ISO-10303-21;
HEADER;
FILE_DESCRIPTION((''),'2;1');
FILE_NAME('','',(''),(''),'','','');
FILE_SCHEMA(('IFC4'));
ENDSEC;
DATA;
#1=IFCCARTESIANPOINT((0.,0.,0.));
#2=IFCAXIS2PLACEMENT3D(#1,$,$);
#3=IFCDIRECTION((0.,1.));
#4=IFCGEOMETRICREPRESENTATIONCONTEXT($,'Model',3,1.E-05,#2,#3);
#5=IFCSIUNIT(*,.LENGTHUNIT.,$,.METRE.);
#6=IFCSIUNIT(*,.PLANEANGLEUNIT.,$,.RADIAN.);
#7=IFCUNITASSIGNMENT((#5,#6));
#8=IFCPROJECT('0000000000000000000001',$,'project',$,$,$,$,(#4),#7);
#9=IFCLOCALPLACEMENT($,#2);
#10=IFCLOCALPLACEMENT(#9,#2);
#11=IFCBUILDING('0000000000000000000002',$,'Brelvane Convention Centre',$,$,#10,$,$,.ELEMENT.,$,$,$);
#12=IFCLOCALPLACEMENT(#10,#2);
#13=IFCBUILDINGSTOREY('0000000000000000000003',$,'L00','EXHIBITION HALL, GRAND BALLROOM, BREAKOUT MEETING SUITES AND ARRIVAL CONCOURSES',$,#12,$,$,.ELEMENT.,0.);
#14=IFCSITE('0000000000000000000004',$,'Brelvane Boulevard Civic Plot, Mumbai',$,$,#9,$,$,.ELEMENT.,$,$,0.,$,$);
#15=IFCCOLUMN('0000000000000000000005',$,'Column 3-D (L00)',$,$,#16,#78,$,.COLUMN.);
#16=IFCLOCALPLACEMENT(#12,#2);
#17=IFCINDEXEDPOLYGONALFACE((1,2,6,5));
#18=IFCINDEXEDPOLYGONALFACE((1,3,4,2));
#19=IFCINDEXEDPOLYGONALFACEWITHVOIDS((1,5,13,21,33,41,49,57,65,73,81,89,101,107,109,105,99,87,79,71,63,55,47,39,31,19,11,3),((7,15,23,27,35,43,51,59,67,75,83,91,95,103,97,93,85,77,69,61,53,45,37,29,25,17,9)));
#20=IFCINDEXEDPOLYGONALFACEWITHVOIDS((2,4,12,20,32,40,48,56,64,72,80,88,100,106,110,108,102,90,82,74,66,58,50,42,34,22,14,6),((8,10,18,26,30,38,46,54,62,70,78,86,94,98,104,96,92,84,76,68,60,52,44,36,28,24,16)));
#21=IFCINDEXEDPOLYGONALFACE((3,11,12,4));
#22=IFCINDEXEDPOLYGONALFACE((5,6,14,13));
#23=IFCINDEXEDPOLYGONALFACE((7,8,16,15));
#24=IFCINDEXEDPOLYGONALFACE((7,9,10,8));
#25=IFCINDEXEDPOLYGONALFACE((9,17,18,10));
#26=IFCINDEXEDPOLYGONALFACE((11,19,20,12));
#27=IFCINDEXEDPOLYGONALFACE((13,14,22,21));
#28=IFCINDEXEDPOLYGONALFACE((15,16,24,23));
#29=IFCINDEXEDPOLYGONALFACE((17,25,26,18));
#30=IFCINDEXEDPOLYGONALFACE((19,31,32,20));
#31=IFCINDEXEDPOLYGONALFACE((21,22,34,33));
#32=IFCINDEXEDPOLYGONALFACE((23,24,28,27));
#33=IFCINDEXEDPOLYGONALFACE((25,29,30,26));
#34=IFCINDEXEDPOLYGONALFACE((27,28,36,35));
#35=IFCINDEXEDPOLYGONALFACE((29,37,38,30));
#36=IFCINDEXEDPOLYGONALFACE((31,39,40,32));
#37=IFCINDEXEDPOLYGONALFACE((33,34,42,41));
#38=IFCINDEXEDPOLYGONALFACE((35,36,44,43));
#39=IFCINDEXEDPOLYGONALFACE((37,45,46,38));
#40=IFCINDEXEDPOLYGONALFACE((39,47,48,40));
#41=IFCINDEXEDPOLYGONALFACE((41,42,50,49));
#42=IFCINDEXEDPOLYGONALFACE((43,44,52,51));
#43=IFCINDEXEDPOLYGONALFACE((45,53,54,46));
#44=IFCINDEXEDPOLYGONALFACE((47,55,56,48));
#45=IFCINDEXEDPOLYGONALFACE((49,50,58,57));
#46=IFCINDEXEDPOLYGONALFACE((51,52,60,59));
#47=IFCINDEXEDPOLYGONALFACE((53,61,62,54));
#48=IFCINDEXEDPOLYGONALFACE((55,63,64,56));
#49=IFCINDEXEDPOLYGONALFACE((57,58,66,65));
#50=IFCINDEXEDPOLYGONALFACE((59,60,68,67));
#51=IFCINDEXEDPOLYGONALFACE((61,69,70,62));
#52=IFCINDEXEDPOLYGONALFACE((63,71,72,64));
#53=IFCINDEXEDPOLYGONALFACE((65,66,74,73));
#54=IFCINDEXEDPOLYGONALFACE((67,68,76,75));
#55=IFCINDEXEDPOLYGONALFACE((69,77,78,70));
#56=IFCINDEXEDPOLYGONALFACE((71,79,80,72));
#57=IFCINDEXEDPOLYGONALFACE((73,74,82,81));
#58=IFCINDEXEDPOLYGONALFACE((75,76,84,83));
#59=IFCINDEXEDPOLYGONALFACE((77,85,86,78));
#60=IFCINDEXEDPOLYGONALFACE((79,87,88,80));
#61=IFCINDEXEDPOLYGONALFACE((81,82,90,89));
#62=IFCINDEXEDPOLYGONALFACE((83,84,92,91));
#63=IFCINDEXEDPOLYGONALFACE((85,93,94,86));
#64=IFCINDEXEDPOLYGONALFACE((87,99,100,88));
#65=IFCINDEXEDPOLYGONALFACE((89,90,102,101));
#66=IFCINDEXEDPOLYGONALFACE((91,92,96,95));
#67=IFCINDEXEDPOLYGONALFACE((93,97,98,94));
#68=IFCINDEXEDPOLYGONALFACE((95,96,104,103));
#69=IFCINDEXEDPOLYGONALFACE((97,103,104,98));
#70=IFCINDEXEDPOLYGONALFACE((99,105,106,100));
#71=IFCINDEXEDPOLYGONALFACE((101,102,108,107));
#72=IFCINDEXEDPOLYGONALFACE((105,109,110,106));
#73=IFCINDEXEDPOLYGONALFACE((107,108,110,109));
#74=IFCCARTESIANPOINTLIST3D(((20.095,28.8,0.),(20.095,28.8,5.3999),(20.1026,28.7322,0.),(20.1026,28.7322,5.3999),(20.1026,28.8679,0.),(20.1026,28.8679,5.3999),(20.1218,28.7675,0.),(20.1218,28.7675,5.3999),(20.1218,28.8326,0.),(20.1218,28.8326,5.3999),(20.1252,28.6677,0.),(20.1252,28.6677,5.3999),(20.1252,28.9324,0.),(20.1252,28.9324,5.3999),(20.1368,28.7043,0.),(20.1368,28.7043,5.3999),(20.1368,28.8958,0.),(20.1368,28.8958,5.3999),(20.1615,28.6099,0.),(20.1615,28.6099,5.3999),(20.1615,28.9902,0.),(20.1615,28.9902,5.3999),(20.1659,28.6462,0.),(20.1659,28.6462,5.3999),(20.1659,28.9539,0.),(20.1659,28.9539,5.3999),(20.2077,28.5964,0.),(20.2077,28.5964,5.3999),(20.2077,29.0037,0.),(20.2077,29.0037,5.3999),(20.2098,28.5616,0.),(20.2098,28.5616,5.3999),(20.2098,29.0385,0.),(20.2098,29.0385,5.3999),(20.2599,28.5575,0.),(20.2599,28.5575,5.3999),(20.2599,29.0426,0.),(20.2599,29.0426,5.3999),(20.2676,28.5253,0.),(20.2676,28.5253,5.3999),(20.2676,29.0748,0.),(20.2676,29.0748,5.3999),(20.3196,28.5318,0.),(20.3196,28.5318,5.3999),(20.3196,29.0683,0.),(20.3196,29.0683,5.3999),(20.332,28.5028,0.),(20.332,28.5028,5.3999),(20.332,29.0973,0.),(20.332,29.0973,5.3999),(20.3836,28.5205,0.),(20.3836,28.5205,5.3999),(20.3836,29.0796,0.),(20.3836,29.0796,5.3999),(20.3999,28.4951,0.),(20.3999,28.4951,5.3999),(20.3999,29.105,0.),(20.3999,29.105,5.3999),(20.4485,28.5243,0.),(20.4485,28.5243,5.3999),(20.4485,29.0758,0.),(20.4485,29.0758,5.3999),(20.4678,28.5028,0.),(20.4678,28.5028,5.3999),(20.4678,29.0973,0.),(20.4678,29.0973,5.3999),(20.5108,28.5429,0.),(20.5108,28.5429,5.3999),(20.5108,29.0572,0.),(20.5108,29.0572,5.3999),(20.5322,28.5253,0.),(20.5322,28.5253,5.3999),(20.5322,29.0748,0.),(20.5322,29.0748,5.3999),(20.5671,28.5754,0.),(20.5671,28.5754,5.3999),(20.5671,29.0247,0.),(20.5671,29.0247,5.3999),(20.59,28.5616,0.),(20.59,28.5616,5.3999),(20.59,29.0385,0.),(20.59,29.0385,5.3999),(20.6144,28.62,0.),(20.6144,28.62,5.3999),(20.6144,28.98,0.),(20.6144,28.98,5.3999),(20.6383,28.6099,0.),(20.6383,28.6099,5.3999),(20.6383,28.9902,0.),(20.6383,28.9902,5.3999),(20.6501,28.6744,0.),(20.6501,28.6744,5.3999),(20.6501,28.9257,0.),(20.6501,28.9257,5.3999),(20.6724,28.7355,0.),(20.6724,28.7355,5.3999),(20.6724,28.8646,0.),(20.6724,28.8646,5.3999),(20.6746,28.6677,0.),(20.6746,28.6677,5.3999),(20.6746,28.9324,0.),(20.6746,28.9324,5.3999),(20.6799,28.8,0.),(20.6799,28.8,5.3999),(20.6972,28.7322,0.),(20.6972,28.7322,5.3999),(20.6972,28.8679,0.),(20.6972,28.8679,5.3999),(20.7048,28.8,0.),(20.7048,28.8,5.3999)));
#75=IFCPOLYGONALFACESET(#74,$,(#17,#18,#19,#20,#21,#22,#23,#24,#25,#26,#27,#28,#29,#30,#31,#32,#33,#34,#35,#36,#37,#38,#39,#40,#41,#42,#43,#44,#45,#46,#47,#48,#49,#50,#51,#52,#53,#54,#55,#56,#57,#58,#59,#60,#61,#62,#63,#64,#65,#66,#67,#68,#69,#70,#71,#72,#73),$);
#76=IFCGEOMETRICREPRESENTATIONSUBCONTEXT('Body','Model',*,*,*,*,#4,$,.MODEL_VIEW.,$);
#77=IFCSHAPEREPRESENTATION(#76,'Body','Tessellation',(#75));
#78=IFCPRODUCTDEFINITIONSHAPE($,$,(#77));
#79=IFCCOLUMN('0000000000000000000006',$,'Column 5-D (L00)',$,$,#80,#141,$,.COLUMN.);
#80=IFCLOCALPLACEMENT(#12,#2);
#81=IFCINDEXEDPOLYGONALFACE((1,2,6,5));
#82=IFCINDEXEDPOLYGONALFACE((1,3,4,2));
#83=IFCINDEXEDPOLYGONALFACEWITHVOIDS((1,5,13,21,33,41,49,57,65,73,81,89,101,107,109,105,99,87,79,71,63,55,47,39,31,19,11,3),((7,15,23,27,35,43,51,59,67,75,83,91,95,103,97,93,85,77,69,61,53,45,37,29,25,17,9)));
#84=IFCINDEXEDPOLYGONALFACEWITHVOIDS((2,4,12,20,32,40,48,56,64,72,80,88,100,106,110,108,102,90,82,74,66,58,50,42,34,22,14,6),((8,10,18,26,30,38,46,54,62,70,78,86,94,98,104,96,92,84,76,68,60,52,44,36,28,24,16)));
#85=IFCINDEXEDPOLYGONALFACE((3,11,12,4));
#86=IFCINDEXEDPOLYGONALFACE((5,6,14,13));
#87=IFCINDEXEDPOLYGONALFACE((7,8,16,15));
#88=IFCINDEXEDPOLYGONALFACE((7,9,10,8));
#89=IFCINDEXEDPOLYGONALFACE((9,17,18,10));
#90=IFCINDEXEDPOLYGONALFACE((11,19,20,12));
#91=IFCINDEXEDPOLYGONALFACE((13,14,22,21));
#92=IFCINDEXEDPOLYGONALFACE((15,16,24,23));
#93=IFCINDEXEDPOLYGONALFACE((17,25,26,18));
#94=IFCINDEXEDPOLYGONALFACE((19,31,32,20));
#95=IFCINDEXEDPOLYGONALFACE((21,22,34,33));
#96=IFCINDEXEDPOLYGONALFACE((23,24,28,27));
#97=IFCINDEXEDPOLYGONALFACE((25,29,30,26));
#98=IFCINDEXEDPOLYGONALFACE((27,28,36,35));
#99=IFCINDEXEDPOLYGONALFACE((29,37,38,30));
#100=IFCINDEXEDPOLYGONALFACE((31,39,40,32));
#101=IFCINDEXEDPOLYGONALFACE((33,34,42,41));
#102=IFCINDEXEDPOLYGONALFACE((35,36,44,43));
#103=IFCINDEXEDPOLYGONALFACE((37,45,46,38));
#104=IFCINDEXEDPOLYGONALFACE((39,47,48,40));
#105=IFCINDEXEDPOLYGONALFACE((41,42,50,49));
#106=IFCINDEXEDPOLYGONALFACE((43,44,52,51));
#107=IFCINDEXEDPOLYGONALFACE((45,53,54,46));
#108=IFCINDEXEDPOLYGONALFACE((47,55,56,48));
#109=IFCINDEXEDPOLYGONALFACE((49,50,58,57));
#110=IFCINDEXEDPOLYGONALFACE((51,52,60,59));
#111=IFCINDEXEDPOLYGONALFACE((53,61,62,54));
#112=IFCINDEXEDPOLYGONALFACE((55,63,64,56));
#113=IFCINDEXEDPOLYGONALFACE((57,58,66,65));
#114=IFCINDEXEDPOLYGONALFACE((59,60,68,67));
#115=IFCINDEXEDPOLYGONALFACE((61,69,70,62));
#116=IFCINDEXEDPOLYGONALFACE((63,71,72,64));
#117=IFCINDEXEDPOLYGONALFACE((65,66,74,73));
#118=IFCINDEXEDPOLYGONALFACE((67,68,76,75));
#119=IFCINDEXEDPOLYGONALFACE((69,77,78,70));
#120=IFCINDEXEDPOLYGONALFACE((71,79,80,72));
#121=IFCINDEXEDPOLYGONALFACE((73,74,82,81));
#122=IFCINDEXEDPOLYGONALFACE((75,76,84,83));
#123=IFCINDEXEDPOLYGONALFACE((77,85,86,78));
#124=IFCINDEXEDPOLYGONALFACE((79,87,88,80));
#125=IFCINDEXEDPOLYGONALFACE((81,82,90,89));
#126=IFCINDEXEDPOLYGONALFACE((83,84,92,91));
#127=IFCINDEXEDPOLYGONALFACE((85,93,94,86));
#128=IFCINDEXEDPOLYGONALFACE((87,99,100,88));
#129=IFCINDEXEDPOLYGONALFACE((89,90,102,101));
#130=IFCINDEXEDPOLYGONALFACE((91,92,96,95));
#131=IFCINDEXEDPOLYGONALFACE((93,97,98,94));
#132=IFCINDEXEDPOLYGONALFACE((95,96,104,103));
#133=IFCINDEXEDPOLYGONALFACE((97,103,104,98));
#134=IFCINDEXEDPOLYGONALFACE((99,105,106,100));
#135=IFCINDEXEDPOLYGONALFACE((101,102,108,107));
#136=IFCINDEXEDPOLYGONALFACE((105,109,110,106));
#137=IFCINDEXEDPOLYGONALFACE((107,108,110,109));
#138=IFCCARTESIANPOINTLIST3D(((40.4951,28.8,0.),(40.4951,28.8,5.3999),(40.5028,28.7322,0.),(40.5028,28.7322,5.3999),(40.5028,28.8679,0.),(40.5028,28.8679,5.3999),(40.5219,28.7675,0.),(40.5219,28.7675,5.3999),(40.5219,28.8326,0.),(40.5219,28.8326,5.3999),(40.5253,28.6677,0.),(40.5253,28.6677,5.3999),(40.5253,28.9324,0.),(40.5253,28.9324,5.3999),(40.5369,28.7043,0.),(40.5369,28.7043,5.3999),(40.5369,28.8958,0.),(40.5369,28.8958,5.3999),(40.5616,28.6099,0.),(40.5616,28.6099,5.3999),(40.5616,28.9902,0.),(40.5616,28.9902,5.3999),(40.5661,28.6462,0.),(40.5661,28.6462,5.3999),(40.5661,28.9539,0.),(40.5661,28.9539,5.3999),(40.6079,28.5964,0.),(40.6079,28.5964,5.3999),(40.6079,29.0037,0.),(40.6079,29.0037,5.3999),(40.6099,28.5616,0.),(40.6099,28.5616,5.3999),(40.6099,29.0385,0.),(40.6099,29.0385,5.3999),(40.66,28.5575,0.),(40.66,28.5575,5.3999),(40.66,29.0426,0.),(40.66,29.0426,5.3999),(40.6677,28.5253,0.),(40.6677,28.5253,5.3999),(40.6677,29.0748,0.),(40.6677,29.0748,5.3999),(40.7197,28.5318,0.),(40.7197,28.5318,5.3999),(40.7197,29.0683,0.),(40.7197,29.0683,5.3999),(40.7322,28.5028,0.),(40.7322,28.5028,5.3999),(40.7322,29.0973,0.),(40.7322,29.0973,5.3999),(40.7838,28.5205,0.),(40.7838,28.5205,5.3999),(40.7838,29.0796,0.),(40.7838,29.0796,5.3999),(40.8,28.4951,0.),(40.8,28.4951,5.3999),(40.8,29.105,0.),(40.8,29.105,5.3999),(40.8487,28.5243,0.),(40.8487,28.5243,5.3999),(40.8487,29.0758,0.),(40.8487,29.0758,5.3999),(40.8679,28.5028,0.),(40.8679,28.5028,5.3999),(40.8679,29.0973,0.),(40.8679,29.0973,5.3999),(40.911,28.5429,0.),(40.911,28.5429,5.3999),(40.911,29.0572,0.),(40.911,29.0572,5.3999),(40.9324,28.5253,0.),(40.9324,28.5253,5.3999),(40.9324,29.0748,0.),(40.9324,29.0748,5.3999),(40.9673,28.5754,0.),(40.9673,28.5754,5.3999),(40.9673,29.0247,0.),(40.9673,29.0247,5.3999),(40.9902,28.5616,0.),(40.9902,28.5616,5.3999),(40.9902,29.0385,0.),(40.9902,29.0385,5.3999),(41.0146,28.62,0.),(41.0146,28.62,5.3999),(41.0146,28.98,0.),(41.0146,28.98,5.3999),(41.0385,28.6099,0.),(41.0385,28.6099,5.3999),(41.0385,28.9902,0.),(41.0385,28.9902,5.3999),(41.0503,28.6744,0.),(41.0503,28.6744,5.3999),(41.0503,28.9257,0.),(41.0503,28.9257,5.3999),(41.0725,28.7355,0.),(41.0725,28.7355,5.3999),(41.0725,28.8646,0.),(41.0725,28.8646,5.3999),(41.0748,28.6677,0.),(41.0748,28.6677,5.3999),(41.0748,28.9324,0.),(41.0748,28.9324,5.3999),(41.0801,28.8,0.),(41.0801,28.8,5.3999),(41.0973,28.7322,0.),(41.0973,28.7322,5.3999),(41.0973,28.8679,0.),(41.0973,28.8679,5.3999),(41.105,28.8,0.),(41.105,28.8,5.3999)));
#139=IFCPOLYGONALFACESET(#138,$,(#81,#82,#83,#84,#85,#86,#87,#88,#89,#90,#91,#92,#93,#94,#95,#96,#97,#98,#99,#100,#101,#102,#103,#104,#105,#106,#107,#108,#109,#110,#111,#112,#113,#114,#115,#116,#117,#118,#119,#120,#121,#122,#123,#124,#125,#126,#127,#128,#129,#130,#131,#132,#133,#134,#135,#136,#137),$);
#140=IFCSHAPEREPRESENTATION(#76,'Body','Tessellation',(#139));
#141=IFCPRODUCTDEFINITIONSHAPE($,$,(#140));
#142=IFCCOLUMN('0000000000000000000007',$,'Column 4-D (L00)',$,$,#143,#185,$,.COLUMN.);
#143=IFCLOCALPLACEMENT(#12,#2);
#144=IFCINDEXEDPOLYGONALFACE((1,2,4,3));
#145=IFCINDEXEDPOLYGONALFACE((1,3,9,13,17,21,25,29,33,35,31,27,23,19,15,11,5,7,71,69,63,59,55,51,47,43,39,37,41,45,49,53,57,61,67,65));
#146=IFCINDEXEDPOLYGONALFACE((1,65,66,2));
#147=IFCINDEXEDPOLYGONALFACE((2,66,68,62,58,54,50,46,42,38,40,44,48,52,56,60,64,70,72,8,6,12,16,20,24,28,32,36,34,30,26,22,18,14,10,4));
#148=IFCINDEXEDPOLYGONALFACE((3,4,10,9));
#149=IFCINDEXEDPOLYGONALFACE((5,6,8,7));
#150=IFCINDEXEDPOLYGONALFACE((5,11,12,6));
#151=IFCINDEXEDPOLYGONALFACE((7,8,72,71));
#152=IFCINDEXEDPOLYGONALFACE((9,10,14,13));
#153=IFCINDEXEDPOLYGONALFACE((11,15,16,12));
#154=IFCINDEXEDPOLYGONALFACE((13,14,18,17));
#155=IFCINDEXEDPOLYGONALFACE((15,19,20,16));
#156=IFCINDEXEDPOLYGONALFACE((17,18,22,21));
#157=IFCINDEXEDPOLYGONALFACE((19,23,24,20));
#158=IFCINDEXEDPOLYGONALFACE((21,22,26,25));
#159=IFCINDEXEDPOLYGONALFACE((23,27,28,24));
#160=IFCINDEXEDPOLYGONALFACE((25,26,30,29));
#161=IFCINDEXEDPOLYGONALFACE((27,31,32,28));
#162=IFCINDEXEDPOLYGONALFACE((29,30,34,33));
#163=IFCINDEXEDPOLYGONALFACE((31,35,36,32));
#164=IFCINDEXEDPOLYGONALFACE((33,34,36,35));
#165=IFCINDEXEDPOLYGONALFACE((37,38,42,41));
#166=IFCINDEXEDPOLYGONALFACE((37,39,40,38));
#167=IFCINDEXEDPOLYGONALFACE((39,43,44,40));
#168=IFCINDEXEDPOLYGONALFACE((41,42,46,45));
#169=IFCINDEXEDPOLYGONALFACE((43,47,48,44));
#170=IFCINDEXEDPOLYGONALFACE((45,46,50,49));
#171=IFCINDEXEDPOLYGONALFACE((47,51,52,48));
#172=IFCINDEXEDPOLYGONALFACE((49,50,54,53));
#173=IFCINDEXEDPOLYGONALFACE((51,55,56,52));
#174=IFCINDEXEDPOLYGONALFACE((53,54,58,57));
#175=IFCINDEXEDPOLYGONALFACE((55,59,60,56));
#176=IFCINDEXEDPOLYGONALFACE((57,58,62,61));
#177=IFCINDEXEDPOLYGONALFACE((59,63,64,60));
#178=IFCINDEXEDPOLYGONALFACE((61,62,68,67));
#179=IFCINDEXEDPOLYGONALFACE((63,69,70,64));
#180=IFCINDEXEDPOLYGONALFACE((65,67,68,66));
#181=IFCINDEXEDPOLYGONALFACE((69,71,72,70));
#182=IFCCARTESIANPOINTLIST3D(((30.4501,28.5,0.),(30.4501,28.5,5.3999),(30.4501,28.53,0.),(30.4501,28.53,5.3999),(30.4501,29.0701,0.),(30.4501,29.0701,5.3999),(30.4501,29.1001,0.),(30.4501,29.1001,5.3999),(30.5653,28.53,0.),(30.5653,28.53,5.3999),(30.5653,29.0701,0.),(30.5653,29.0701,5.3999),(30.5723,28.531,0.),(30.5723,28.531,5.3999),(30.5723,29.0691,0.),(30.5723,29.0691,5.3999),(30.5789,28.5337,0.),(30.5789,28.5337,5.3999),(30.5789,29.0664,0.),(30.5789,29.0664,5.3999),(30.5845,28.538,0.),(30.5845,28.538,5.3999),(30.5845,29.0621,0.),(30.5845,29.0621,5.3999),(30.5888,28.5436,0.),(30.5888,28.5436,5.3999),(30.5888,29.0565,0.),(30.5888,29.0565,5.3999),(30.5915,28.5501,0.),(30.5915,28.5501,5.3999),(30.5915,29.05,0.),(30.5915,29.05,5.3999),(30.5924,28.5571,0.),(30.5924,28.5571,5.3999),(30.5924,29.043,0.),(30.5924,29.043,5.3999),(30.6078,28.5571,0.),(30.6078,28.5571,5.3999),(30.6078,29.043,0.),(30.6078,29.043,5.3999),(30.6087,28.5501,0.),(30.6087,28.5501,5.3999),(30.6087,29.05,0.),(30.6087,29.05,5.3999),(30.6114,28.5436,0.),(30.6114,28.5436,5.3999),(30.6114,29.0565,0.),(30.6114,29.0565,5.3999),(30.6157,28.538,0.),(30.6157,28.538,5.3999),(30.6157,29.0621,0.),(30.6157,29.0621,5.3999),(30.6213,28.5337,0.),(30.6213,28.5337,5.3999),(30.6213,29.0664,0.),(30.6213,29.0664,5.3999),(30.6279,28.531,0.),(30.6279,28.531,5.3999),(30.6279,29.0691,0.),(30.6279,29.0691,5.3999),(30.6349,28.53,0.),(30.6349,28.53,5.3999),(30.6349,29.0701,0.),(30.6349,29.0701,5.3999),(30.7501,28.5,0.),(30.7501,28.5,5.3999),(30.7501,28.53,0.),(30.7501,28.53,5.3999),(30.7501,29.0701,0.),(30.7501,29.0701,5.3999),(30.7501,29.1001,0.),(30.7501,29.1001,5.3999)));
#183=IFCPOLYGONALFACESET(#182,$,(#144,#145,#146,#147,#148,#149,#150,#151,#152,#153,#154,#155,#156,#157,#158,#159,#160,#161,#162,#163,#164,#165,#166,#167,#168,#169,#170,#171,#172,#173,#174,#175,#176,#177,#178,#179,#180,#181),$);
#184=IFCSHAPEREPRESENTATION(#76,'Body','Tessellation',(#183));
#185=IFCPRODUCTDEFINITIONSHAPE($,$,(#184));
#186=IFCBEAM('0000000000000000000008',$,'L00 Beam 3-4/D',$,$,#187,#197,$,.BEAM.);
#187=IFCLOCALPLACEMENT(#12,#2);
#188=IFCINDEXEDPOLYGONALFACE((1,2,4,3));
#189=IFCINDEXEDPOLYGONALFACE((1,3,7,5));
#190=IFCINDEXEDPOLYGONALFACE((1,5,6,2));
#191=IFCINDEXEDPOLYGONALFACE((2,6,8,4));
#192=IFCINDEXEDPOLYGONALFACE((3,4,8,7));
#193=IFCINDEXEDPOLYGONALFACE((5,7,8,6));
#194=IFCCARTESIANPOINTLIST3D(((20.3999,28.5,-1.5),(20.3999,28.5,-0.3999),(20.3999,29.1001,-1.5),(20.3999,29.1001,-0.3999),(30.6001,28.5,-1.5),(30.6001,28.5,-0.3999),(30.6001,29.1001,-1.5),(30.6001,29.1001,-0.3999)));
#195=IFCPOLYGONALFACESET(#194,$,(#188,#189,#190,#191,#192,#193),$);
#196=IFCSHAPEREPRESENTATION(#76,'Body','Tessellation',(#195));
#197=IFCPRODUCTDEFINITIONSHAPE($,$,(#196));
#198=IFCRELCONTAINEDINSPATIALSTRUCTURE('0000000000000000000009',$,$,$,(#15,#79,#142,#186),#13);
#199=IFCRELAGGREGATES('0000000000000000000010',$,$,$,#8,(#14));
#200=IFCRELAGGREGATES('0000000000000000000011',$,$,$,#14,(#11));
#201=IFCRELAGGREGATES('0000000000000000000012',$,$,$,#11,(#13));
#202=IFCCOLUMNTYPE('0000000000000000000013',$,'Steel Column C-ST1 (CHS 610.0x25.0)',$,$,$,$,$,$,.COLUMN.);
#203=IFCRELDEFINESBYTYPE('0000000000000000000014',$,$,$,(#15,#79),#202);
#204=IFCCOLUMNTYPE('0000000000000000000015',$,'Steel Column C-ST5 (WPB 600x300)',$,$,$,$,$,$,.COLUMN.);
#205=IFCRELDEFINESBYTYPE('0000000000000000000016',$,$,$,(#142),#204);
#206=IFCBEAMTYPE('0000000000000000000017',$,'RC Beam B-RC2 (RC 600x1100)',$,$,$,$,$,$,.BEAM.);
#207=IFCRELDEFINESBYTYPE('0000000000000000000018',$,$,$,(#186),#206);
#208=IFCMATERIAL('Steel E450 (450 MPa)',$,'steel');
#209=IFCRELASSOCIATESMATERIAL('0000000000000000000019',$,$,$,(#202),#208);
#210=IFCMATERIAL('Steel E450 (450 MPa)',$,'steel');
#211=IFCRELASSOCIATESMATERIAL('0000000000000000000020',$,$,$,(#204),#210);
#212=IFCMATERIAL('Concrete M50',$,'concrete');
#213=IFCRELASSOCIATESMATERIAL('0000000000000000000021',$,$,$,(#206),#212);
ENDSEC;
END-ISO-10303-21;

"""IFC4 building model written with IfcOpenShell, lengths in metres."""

from ifc_helpers import new_model, si_unit, direction, frame, origin, origin_2d, place, context, subcontext, project, spatial, rectangle, hollow_circle, i_section, extrude, material, material_profile, profile_set, type_object, element, save


model = new_model("IFC4")

# Units and contexts
model_context = context("Model", 3, precision=1e-05, world=origin(), true_north=direction((0.0, 1.0)))
body_context = subcontext(model_context, "Body", "Model", "MODEL_VIEW")
ifc_project = project(units=[si_unit("LENGTHUNIT", "METRE"), si_unit("PLANEANGLEUNIT", "RADIAN")], contexts=[model_context])

# Site, building, storey
site_placement = place(None, origin())
site = spatial("IfcSite", under=ifc_project, at=site_placement, Name="Brelvane Boulevard Civic Plot, Mumbai", CompositionType="ELEMENT", RefElevation=0.0)
building_placement = place(site_placement, origin())
building = spatial("IfcBuilding", under=site, at=building_placement, Name="Brelvane Convention Centre", CompositionType="ELEMENT")
storey_placement = place(building_placement, origin())
storey = spatial("IfcBuildingStorey", under=building, at=storey_placement, Name="L00", Description="EXHIBITION HALL, GRAND BALLROOM, BREAKOUT MEETING SUITES AND ARRIVAL CONCOURSES", CompositionType="ELEMENT", Elevation=0.0)

# Columns
ifc_material_1 = material(Name="Steel E450 (450 MPa)", Category="steel")
ifc_material_profile_1 = material_profile(ifc_material_1, hollow_circle(Radius=0.3049, WallThickness=0.0249, at=origin_2d()), Name="CHS 610.0x25.0")
ifc_profile_set_1 = profile_set([ifc_material_profile_1], Name="Steel E450 (450 MPa)")
column_type_1 = type_object("IfcColumnType", Name="Steel Column C-ST1 (CHS 610.0x25.0)", PredefinedType="COLUMN", material=ifc_profile_set_1)
for number, where, z_axis, x_axis, name in (
    (1, (20.3999, 28.8, 0.0), (0.0, 0.0, 1.0), (1.0, 0.0, 0.0), "Column 3-D (L00)"),
    (2, (40.8, 28.8, 0.0), (0.0, 0.0, 1.0), (1.0, 0.0, 0.0), "Column 5-D (L00)"),
):
    element("IfcColumn", number, at=place(storey_placement, frame(where, z_axis=z_axis, x_axis=x_axis)), inside=storey, type_object=column_type_1, Name=name, PredefinedType="COLUMN", context=body_context, shape_type="SweptSolid", body=[
        extrude(hollow_circle(Radius=0.3049, WallThickness=0.0249, at=origin_2d()), origin(), (0.0, 0.0, 1.0), 5.3999),
    ])
ifc_material_2 = material(Name="Steel E450 (450 MPa)", Category="steel")
ifc_material_profile_2 = material_profile(ifc_material_2, i_section(OverallWidth=0.3, OverallDepth=0.6001, WebThickness=0.0154, FlangeThickness=0.03, FilletRadius=0.0271, at=origin_2d()), Name="WPB 600x300")
ifc_profile_set_2 = profile_set([ifc_material_profile_2], Name="Steel E450 (450 MPa)")
column_type_2 = type_object("IfcColumnType", Name="Steel Column C-ST5 (WPB 600x300)", PredefinedType="COLUMN", material=ifc_profile_set_2)
column_placement = place(storey_placement, frame((30.6001, 28.8, 0.0), z_axis=(0.0, 0.0, 1.0), x_axis=(1.0, 0.0, 0.0)))
element("IfcColumn", 3, at=column_placement, inside=storey, type_object=column_type_2, Name="Column 4-D (L00)", PredefinedType="COLUMN", context=body_context, shape_type="SweptSolid", body=[
    extrude(i_section(OverallWidth=0.3, OverallDepth=0.6001, WebThickness=0.0154, FlangeThickness=0.03, FilletRadius=0.0271, at=origin_2d()), origin(), (0.0, 0.0, 1.0), 5.3999),
])

# Beam
ifc_material_3 = material(Name="Concrete M50", Category="concrete")
ifc_material_profile_3 = material_profile(ifc_material_3, rectangle(XDim=0.6001, YDim=1.1001, at=origin_2d()), Name="RC 600x1100")
ifc_profile_set_3 = profile_set([ifc_material_profile_3], Name="Concrete M50")
beam_type_1 = type_object("IfcBeamType", Name="RC Beam B-RC2 (RC 600x1100)", PredefinedType="BEAM", material=ifc_profile_set_3)
for number, where, z_axis, x_axis, name in (
    (4, (20.3999, 28.8, -0.95), (1.0, 0.0, 0.0), (0.0, 1.0, 0.0), "L00 Beam 3-4/D"),
):
    element("IfcBeam", number, at=place(storey_placement, frame(where, z_axis=z_axis, x_axis=x_axis)), inside=storey, type_object=beam_type_1, Name=name, PredefinedType="BEAM", context=body_context, shape_type="SweptSolid", body=[
        extrude(rectangle(XDim=0.6001, YDim=1.1001, at=origin_2d()), origin(), (0.0, 0.0, 1.0), 10.2002),
    ])

save(model, "model.ifc")
